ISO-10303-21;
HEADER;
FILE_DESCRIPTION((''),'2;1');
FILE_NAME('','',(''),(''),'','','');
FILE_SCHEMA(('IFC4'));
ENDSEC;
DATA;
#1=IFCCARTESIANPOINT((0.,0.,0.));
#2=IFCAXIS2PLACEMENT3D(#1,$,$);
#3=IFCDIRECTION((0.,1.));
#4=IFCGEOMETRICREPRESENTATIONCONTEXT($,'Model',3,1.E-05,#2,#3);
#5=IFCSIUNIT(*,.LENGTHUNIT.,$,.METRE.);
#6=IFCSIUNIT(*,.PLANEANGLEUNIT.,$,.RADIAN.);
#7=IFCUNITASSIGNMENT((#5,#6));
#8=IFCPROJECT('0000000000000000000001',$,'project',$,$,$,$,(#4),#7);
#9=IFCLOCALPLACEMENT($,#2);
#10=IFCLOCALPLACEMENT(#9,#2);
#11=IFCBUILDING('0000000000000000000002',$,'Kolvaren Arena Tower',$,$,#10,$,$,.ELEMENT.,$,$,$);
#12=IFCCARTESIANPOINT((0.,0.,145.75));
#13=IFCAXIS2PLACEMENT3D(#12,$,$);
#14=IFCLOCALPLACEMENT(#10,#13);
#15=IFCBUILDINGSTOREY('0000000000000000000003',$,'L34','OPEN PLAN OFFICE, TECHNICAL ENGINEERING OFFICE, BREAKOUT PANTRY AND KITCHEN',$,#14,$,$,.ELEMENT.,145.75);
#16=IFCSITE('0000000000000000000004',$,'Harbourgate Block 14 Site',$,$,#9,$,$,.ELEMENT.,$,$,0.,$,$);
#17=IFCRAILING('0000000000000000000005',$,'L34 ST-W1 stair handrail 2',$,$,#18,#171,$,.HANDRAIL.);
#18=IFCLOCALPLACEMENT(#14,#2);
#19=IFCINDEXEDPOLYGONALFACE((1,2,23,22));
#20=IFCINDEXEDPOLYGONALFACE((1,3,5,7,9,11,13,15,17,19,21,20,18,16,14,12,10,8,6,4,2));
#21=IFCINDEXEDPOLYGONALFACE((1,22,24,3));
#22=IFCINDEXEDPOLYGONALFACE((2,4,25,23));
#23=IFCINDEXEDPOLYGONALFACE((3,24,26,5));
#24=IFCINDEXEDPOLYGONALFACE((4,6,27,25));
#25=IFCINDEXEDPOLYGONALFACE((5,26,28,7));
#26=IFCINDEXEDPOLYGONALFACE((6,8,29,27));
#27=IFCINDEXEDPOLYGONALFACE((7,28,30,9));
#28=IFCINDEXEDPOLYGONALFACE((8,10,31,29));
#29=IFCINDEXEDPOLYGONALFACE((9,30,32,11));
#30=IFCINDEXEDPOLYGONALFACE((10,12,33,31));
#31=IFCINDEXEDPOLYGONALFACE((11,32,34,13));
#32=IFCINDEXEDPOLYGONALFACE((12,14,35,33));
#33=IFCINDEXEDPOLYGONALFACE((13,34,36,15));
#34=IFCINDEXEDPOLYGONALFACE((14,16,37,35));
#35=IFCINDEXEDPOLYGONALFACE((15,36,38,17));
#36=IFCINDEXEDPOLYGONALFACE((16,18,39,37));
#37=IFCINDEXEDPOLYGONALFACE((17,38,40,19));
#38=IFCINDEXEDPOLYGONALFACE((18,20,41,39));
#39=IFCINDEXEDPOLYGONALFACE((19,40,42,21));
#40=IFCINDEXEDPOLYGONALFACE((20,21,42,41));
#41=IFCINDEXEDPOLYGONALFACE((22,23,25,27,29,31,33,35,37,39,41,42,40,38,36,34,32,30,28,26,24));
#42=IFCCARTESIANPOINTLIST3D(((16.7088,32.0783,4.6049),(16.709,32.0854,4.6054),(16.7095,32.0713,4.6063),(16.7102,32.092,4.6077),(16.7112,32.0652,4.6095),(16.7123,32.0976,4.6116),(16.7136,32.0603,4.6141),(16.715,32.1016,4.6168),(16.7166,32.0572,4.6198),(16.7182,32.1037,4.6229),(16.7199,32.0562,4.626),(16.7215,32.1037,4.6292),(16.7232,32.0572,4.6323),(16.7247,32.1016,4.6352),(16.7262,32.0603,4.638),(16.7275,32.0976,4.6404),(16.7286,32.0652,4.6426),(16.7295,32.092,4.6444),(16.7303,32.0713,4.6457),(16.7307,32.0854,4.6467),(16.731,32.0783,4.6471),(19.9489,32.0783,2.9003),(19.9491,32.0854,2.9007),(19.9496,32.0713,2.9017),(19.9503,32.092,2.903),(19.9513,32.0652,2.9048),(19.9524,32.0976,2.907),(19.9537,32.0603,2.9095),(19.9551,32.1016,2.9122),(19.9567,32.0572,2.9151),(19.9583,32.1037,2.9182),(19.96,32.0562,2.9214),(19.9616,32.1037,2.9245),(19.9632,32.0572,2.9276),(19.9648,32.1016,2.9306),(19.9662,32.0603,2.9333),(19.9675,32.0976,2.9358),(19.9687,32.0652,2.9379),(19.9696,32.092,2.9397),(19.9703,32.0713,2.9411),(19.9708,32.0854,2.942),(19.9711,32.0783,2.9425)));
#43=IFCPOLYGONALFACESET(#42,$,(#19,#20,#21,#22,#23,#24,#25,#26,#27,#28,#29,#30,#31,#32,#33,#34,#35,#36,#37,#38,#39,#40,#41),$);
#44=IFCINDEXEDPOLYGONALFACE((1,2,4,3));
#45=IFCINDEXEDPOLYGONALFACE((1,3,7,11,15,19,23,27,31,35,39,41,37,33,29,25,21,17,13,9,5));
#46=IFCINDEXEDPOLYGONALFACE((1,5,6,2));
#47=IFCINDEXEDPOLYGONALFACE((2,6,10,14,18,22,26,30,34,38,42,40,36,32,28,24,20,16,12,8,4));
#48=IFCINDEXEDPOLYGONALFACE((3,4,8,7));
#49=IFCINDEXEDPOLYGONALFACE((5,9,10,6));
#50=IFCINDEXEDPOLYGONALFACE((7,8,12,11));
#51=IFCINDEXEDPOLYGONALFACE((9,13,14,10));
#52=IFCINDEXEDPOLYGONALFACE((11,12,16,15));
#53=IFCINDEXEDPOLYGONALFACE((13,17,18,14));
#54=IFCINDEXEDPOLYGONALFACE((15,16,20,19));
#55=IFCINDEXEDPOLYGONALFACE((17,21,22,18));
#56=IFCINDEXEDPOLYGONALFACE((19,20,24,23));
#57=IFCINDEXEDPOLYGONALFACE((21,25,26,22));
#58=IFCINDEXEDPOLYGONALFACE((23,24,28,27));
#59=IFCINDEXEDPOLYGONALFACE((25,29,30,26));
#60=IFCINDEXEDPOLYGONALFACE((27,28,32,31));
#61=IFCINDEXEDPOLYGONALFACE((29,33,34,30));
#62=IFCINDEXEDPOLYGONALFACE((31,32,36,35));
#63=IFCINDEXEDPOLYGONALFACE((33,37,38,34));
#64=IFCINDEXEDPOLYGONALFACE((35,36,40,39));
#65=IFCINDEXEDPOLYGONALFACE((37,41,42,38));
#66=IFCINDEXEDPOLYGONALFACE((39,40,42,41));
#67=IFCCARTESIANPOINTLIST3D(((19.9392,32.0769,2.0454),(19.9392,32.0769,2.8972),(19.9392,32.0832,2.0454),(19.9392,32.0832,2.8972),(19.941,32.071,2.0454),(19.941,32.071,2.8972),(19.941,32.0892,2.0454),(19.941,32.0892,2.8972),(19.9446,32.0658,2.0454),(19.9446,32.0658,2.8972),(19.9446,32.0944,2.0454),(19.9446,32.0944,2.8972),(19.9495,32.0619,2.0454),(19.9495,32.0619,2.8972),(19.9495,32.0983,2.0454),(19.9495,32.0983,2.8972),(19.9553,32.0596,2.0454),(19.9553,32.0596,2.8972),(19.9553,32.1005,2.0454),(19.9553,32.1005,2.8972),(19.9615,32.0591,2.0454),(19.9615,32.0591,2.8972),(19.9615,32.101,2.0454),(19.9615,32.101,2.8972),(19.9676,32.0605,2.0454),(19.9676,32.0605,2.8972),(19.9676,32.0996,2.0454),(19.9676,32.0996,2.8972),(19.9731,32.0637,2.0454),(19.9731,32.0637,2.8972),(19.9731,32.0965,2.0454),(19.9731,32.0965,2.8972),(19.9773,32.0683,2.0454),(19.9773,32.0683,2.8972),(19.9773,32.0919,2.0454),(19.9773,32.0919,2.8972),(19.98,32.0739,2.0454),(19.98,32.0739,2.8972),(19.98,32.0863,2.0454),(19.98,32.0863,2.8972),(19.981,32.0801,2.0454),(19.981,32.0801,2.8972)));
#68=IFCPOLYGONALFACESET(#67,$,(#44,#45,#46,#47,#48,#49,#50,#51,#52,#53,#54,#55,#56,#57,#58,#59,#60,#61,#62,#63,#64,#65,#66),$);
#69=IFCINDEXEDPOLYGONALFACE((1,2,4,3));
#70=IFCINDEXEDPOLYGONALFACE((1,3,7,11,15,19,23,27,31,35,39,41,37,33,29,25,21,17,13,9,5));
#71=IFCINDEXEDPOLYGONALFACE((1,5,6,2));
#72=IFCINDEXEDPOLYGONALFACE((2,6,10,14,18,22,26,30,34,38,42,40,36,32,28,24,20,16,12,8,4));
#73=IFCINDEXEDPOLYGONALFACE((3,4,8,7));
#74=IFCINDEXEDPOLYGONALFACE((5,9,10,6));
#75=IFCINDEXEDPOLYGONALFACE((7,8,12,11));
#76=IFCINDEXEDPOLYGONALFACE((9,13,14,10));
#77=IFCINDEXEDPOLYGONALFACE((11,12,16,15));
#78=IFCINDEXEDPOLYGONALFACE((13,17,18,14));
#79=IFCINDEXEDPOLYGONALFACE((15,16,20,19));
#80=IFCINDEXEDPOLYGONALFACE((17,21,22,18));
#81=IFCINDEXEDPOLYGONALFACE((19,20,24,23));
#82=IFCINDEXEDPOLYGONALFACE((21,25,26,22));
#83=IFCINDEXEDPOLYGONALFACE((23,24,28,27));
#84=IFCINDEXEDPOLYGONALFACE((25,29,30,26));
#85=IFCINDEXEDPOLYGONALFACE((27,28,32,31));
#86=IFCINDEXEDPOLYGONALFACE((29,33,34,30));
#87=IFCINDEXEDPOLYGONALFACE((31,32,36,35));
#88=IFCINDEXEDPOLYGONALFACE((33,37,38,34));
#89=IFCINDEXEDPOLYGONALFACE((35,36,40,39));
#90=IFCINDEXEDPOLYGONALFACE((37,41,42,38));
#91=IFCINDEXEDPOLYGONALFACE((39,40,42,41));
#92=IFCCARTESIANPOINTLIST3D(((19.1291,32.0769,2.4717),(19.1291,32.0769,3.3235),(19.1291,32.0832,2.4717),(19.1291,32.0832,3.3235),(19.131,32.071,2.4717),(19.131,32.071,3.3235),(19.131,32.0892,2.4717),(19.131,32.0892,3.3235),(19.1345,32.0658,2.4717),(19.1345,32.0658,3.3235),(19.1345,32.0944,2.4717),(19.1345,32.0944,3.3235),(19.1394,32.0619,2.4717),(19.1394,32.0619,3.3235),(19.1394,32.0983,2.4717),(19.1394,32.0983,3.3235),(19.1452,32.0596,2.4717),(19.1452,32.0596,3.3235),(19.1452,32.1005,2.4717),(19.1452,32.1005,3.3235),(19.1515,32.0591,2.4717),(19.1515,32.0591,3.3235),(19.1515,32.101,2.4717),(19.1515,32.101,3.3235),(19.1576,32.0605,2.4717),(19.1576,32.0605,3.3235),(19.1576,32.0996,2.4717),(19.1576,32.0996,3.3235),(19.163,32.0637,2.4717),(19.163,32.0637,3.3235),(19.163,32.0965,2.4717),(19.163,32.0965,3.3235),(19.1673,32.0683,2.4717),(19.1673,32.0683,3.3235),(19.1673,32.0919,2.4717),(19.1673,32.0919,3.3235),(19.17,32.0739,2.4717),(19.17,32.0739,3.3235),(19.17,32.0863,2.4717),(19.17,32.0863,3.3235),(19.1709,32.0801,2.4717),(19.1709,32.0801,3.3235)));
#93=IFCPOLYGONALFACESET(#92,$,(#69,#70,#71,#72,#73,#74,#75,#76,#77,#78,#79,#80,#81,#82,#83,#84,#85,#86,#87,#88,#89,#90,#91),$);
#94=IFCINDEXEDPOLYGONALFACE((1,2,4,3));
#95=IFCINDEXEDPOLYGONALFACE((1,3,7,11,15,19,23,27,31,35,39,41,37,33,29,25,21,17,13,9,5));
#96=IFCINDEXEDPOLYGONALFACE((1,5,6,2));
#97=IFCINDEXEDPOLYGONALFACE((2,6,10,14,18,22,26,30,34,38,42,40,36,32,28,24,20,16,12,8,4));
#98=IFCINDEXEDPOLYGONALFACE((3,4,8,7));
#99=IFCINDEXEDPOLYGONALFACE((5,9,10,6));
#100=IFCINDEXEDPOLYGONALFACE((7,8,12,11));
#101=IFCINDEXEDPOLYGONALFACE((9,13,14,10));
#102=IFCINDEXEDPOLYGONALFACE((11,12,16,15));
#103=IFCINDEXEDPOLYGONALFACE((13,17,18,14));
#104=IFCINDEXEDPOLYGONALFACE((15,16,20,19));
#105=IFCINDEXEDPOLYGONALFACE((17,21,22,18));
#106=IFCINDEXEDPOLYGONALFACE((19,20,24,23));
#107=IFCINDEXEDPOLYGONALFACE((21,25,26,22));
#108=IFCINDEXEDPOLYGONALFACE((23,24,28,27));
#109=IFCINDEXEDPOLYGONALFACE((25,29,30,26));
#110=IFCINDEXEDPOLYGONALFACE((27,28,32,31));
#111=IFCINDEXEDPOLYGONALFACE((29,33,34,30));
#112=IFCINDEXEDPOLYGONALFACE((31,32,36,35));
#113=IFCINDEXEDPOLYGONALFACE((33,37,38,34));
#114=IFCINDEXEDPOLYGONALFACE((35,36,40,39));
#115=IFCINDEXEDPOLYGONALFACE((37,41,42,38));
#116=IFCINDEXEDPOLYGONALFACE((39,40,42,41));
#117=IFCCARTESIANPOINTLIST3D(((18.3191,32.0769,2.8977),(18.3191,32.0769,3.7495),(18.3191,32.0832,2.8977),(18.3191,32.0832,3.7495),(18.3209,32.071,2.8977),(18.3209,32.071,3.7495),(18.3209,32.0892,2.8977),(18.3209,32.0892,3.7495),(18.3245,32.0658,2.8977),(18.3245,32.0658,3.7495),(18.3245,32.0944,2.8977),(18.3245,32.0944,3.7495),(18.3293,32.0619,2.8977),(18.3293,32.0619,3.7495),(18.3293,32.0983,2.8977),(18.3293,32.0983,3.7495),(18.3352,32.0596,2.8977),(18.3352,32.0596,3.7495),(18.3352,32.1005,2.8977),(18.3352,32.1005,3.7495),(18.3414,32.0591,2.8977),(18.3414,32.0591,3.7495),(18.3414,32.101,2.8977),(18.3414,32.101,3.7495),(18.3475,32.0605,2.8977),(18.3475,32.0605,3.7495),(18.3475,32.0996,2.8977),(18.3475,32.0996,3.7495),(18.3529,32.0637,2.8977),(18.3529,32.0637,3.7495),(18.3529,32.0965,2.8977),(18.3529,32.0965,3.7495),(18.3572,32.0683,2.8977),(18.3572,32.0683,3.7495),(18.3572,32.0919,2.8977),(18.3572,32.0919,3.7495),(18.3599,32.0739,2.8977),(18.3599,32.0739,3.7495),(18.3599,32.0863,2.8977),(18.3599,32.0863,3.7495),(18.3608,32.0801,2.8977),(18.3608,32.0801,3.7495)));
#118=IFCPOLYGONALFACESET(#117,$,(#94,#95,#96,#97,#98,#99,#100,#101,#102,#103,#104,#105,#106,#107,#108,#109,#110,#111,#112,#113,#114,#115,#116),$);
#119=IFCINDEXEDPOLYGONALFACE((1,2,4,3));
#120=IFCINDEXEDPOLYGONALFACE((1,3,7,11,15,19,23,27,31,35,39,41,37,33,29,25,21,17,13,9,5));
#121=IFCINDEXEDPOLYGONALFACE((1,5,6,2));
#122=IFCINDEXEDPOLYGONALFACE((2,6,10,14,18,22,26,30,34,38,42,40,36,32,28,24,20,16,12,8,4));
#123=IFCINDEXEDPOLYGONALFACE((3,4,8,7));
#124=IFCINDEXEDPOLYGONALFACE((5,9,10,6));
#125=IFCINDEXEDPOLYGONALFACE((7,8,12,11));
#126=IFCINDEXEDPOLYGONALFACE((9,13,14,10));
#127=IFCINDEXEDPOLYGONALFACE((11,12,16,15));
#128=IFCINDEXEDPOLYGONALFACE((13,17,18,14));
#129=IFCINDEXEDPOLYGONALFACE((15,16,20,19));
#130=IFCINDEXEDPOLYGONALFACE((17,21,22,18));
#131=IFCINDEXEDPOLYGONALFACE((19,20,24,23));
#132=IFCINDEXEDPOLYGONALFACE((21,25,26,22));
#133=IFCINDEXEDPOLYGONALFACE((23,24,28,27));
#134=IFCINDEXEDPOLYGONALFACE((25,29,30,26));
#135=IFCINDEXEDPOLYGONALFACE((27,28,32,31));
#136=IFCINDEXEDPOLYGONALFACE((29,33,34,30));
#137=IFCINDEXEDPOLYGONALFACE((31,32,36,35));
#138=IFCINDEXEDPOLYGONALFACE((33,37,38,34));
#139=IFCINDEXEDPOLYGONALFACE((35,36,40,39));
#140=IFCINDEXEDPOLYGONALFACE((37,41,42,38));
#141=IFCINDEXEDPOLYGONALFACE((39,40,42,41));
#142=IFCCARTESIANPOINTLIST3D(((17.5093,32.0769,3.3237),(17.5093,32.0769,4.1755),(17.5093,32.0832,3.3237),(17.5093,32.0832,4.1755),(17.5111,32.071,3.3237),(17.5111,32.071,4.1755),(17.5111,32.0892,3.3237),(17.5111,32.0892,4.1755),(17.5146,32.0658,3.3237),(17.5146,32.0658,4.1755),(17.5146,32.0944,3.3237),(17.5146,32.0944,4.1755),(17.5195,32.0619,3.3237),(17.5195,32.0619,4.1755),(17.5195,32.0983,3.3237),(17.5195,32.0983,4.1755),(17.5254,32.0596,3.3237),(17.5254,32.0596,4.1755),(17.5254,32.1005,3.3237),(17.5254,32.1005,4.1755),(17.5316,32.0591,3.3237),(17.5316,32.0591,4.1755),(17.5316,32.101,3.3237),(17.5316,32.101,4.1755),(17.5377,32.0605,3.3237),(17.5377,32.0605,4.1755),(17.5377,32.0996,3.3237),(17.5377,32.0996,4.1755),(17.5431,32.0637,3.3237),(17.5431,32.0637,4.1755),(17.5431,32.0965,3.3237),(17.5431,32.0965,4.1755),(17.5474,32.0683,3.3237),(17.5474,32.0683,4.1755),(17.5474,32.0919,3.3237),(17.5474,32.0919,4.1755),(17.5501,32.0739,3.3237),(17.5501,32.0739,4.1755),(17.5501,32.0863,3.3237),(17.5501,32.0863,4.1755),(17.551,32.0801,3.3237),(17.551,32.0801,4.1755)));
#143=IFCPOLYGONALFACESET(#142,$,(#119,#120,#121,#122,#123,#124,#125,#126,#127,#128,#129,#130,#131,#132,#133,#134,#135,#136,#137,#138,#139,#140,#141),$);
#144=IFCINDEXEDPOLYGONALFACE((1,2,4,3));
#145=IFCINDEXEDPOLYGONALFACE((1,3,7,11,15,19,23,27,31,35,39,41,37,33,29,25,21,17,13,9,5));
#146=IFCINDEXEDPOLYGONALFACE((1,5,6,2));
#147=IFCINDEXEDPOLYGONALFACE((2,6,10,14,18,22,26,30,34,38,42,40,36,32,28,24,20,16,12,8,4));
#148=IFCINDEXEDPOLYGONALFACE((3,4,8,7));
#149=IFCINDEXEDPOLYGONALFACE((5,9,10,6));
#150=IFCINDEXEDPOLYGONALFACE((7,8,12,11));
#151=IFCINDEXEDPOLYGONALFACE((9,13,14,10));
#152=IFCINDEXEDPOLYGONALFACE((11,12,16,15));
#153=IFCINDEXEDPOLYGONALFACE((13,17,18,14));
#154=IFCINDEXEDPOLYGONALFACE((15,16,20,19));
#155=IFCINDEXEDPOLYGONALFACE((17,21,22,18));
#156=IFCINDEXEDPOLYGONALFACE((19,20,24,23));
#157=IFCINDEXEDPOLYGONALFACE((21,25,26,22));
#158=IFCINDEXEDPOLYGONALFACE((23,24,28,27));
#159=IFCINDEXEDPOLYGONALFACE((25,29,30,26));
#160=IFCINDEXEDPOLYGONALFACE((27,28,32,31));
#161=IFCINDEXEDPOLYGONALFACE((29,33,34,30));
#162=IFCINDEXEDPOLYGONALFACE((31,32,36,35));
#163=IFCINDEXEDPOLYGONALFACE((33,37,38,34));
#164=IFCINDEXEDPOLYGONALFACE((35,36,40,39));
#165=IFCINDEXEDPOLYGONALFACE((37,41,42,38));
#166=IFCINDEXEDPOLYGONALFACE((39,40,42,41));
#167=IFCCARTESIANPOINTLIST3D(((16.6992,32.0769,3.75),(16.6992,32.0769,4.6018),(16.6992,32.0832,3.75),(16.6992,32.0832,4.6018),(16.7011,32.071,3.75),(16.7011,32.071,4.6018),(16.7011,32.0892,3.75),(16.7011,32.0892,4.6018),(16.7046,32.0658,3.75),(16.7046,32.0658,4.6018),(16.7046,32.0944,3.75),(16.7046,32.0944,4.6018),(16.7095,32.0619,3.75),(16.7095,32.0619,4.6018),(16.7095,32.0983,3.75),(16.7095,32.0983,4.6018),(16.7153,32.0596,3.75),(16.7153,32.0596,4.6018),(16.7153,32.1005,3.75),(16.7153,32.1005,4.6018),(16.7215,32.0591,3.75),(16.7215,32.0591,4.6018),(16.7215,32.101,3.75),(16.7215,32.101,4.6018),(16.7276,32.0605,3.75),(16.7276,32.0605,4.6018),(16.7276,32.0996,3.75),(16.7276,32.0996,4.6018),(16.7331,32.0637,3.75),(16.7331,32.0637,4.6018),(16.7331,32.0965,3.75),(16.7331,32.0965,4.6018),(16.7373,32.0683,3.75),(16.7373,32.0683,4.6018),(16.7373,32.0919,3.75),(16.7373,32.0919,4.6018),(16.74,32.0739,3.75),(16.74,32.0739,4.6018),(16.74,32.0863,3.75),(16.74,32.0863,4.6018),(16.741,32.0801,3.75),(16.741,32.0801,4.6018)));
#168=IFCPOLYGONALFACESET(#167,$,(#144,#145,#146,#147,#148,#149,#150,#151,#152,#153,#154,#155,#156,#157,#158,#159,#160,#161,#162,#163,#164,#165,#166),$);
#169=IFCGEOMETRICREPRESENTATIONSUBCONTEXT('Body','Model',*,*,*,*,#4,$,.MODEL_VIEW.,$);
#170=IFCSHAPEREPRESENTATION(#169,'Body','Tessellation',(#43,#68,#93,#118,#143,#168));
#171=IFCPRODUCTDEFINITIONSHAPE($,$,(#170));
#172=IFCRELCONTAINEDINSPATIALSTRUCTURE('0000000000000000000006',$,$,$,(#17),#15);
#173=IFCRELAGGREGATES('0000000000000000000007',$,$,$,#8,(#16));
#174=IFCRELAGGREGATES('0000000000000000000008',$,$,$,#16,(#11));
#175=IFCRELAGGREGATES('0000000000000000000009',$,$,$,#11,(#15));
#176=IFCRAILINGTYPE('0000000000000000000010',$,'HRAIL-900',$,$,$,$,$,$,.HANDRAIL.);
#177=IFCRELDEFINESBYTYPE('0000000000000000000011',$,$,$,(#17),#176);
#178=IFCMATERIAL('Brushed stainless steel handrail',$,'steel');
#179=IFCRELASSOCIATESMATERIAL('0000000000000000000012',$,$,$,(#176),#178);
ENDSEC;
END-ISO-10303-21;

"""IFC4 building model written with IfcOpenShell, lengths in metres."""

from ifc_helpers import new_model, si_unit, direction, frame, origin, origin_2d, place, context, subcontext, project, spatial, circle, extrude, material, type_object, element, save


model = new_model("IFC4")

# Units and contexts
model_context = context("Model", 3, precision=1e-05, world=origin(), true_north=direction((0.0, 1.0)))
body_context = subcontext(model_context, "Body", "Model", "MODEL_VIEW")
ifc_project = project(units=[si_unit("LENGTHUNIT", "METRE"), si_unit("PLANEANGLEUNIT", "RADIAN")], contexts=[model_context])

# Site, building, storey
site_placement = place(None, origin())
site = spatial("IfcSite", under=ifc_project, at=site_placement, Name="Harbourgate Block 14 Site", CompositionType="ELEMENT", RefElevation=0.0)
building_placement = place(site_placement, origin())
building = spatial("IfcBuilding", under=site, at=building_placement, Name="Kolvaren Arena Tower", CompositionType="ELEMENT")
storey_placement = place(building_placement, frame((0.0, 0.0, 145.75)))
storey = spatial("IfcBuildingStorey", under=building, at=storey_placement, Name="L34", Description="OPEN PLAN OFFICE, TECHNICAL ENGINEERING OFFICE, BREAKOUT PANTRY AND KITCHEN", CompositionType="ELEMENT", Elevation=145.75)

# Railing
ifc_material_1 = material(Name="Brushed stainless steel handrail", Category="steel")
railing_type_1 = type_object("IfcRailingType", Name="HRAIL-900", PredefinedType="HANDRAIL", material=ifc_material_1)
railing_1_placement = place(storey_placement, frame((19.96, 32.0801, 2.0454)))
element("IfcRailing", 1, at=railing_1_placement, inside=storey, type_object=railing_type_1, Name="L34 ST-W1 stair handrail 2", PredefinedType="HANDRAIL", context=body_context, shape_type="SweptSolid", body=[
    extrude(circle(Radius=0.0239, at=origin_2d()), frame((0.0, 0.0, 0.876), z_axis=(-0.884993, 0.0, 0.465604), x_axis=(0.0, -1.0, 0.0)), (0.0, 0.0, 1.0), 3.6611),
    extrude(circle(Radius=0.021, at=origin_2d()), origin(), (0.0, 0.0, 1.0), 0.8518),
    extrude(circle(Radius=0.021, at=origin_2d()), frame((-0.8101, 0.0, 0.4263)), (0.0, 0.0, 1.0), 0.8518),
    extrude(circle(Radius=0.021, at=origin_2d()), frame((-1.6201, 0.0, 0.8523)), (0.0, 0.0, 1.0), 0.8518),
    extrude(circle(Radius=0.021, at=origin_2d()), frame((-2.4299, 0.0, 1.2783)), (0.0, 0.0, 1.0), 0.8518),
    extrude(circle(Radius=0.021, at=origin_2d()), frame((-3.24, 0.0, 1.7046)), (0.0, 0.0, 1.0), 0.8518),
])

save(model, "model.ifc")
